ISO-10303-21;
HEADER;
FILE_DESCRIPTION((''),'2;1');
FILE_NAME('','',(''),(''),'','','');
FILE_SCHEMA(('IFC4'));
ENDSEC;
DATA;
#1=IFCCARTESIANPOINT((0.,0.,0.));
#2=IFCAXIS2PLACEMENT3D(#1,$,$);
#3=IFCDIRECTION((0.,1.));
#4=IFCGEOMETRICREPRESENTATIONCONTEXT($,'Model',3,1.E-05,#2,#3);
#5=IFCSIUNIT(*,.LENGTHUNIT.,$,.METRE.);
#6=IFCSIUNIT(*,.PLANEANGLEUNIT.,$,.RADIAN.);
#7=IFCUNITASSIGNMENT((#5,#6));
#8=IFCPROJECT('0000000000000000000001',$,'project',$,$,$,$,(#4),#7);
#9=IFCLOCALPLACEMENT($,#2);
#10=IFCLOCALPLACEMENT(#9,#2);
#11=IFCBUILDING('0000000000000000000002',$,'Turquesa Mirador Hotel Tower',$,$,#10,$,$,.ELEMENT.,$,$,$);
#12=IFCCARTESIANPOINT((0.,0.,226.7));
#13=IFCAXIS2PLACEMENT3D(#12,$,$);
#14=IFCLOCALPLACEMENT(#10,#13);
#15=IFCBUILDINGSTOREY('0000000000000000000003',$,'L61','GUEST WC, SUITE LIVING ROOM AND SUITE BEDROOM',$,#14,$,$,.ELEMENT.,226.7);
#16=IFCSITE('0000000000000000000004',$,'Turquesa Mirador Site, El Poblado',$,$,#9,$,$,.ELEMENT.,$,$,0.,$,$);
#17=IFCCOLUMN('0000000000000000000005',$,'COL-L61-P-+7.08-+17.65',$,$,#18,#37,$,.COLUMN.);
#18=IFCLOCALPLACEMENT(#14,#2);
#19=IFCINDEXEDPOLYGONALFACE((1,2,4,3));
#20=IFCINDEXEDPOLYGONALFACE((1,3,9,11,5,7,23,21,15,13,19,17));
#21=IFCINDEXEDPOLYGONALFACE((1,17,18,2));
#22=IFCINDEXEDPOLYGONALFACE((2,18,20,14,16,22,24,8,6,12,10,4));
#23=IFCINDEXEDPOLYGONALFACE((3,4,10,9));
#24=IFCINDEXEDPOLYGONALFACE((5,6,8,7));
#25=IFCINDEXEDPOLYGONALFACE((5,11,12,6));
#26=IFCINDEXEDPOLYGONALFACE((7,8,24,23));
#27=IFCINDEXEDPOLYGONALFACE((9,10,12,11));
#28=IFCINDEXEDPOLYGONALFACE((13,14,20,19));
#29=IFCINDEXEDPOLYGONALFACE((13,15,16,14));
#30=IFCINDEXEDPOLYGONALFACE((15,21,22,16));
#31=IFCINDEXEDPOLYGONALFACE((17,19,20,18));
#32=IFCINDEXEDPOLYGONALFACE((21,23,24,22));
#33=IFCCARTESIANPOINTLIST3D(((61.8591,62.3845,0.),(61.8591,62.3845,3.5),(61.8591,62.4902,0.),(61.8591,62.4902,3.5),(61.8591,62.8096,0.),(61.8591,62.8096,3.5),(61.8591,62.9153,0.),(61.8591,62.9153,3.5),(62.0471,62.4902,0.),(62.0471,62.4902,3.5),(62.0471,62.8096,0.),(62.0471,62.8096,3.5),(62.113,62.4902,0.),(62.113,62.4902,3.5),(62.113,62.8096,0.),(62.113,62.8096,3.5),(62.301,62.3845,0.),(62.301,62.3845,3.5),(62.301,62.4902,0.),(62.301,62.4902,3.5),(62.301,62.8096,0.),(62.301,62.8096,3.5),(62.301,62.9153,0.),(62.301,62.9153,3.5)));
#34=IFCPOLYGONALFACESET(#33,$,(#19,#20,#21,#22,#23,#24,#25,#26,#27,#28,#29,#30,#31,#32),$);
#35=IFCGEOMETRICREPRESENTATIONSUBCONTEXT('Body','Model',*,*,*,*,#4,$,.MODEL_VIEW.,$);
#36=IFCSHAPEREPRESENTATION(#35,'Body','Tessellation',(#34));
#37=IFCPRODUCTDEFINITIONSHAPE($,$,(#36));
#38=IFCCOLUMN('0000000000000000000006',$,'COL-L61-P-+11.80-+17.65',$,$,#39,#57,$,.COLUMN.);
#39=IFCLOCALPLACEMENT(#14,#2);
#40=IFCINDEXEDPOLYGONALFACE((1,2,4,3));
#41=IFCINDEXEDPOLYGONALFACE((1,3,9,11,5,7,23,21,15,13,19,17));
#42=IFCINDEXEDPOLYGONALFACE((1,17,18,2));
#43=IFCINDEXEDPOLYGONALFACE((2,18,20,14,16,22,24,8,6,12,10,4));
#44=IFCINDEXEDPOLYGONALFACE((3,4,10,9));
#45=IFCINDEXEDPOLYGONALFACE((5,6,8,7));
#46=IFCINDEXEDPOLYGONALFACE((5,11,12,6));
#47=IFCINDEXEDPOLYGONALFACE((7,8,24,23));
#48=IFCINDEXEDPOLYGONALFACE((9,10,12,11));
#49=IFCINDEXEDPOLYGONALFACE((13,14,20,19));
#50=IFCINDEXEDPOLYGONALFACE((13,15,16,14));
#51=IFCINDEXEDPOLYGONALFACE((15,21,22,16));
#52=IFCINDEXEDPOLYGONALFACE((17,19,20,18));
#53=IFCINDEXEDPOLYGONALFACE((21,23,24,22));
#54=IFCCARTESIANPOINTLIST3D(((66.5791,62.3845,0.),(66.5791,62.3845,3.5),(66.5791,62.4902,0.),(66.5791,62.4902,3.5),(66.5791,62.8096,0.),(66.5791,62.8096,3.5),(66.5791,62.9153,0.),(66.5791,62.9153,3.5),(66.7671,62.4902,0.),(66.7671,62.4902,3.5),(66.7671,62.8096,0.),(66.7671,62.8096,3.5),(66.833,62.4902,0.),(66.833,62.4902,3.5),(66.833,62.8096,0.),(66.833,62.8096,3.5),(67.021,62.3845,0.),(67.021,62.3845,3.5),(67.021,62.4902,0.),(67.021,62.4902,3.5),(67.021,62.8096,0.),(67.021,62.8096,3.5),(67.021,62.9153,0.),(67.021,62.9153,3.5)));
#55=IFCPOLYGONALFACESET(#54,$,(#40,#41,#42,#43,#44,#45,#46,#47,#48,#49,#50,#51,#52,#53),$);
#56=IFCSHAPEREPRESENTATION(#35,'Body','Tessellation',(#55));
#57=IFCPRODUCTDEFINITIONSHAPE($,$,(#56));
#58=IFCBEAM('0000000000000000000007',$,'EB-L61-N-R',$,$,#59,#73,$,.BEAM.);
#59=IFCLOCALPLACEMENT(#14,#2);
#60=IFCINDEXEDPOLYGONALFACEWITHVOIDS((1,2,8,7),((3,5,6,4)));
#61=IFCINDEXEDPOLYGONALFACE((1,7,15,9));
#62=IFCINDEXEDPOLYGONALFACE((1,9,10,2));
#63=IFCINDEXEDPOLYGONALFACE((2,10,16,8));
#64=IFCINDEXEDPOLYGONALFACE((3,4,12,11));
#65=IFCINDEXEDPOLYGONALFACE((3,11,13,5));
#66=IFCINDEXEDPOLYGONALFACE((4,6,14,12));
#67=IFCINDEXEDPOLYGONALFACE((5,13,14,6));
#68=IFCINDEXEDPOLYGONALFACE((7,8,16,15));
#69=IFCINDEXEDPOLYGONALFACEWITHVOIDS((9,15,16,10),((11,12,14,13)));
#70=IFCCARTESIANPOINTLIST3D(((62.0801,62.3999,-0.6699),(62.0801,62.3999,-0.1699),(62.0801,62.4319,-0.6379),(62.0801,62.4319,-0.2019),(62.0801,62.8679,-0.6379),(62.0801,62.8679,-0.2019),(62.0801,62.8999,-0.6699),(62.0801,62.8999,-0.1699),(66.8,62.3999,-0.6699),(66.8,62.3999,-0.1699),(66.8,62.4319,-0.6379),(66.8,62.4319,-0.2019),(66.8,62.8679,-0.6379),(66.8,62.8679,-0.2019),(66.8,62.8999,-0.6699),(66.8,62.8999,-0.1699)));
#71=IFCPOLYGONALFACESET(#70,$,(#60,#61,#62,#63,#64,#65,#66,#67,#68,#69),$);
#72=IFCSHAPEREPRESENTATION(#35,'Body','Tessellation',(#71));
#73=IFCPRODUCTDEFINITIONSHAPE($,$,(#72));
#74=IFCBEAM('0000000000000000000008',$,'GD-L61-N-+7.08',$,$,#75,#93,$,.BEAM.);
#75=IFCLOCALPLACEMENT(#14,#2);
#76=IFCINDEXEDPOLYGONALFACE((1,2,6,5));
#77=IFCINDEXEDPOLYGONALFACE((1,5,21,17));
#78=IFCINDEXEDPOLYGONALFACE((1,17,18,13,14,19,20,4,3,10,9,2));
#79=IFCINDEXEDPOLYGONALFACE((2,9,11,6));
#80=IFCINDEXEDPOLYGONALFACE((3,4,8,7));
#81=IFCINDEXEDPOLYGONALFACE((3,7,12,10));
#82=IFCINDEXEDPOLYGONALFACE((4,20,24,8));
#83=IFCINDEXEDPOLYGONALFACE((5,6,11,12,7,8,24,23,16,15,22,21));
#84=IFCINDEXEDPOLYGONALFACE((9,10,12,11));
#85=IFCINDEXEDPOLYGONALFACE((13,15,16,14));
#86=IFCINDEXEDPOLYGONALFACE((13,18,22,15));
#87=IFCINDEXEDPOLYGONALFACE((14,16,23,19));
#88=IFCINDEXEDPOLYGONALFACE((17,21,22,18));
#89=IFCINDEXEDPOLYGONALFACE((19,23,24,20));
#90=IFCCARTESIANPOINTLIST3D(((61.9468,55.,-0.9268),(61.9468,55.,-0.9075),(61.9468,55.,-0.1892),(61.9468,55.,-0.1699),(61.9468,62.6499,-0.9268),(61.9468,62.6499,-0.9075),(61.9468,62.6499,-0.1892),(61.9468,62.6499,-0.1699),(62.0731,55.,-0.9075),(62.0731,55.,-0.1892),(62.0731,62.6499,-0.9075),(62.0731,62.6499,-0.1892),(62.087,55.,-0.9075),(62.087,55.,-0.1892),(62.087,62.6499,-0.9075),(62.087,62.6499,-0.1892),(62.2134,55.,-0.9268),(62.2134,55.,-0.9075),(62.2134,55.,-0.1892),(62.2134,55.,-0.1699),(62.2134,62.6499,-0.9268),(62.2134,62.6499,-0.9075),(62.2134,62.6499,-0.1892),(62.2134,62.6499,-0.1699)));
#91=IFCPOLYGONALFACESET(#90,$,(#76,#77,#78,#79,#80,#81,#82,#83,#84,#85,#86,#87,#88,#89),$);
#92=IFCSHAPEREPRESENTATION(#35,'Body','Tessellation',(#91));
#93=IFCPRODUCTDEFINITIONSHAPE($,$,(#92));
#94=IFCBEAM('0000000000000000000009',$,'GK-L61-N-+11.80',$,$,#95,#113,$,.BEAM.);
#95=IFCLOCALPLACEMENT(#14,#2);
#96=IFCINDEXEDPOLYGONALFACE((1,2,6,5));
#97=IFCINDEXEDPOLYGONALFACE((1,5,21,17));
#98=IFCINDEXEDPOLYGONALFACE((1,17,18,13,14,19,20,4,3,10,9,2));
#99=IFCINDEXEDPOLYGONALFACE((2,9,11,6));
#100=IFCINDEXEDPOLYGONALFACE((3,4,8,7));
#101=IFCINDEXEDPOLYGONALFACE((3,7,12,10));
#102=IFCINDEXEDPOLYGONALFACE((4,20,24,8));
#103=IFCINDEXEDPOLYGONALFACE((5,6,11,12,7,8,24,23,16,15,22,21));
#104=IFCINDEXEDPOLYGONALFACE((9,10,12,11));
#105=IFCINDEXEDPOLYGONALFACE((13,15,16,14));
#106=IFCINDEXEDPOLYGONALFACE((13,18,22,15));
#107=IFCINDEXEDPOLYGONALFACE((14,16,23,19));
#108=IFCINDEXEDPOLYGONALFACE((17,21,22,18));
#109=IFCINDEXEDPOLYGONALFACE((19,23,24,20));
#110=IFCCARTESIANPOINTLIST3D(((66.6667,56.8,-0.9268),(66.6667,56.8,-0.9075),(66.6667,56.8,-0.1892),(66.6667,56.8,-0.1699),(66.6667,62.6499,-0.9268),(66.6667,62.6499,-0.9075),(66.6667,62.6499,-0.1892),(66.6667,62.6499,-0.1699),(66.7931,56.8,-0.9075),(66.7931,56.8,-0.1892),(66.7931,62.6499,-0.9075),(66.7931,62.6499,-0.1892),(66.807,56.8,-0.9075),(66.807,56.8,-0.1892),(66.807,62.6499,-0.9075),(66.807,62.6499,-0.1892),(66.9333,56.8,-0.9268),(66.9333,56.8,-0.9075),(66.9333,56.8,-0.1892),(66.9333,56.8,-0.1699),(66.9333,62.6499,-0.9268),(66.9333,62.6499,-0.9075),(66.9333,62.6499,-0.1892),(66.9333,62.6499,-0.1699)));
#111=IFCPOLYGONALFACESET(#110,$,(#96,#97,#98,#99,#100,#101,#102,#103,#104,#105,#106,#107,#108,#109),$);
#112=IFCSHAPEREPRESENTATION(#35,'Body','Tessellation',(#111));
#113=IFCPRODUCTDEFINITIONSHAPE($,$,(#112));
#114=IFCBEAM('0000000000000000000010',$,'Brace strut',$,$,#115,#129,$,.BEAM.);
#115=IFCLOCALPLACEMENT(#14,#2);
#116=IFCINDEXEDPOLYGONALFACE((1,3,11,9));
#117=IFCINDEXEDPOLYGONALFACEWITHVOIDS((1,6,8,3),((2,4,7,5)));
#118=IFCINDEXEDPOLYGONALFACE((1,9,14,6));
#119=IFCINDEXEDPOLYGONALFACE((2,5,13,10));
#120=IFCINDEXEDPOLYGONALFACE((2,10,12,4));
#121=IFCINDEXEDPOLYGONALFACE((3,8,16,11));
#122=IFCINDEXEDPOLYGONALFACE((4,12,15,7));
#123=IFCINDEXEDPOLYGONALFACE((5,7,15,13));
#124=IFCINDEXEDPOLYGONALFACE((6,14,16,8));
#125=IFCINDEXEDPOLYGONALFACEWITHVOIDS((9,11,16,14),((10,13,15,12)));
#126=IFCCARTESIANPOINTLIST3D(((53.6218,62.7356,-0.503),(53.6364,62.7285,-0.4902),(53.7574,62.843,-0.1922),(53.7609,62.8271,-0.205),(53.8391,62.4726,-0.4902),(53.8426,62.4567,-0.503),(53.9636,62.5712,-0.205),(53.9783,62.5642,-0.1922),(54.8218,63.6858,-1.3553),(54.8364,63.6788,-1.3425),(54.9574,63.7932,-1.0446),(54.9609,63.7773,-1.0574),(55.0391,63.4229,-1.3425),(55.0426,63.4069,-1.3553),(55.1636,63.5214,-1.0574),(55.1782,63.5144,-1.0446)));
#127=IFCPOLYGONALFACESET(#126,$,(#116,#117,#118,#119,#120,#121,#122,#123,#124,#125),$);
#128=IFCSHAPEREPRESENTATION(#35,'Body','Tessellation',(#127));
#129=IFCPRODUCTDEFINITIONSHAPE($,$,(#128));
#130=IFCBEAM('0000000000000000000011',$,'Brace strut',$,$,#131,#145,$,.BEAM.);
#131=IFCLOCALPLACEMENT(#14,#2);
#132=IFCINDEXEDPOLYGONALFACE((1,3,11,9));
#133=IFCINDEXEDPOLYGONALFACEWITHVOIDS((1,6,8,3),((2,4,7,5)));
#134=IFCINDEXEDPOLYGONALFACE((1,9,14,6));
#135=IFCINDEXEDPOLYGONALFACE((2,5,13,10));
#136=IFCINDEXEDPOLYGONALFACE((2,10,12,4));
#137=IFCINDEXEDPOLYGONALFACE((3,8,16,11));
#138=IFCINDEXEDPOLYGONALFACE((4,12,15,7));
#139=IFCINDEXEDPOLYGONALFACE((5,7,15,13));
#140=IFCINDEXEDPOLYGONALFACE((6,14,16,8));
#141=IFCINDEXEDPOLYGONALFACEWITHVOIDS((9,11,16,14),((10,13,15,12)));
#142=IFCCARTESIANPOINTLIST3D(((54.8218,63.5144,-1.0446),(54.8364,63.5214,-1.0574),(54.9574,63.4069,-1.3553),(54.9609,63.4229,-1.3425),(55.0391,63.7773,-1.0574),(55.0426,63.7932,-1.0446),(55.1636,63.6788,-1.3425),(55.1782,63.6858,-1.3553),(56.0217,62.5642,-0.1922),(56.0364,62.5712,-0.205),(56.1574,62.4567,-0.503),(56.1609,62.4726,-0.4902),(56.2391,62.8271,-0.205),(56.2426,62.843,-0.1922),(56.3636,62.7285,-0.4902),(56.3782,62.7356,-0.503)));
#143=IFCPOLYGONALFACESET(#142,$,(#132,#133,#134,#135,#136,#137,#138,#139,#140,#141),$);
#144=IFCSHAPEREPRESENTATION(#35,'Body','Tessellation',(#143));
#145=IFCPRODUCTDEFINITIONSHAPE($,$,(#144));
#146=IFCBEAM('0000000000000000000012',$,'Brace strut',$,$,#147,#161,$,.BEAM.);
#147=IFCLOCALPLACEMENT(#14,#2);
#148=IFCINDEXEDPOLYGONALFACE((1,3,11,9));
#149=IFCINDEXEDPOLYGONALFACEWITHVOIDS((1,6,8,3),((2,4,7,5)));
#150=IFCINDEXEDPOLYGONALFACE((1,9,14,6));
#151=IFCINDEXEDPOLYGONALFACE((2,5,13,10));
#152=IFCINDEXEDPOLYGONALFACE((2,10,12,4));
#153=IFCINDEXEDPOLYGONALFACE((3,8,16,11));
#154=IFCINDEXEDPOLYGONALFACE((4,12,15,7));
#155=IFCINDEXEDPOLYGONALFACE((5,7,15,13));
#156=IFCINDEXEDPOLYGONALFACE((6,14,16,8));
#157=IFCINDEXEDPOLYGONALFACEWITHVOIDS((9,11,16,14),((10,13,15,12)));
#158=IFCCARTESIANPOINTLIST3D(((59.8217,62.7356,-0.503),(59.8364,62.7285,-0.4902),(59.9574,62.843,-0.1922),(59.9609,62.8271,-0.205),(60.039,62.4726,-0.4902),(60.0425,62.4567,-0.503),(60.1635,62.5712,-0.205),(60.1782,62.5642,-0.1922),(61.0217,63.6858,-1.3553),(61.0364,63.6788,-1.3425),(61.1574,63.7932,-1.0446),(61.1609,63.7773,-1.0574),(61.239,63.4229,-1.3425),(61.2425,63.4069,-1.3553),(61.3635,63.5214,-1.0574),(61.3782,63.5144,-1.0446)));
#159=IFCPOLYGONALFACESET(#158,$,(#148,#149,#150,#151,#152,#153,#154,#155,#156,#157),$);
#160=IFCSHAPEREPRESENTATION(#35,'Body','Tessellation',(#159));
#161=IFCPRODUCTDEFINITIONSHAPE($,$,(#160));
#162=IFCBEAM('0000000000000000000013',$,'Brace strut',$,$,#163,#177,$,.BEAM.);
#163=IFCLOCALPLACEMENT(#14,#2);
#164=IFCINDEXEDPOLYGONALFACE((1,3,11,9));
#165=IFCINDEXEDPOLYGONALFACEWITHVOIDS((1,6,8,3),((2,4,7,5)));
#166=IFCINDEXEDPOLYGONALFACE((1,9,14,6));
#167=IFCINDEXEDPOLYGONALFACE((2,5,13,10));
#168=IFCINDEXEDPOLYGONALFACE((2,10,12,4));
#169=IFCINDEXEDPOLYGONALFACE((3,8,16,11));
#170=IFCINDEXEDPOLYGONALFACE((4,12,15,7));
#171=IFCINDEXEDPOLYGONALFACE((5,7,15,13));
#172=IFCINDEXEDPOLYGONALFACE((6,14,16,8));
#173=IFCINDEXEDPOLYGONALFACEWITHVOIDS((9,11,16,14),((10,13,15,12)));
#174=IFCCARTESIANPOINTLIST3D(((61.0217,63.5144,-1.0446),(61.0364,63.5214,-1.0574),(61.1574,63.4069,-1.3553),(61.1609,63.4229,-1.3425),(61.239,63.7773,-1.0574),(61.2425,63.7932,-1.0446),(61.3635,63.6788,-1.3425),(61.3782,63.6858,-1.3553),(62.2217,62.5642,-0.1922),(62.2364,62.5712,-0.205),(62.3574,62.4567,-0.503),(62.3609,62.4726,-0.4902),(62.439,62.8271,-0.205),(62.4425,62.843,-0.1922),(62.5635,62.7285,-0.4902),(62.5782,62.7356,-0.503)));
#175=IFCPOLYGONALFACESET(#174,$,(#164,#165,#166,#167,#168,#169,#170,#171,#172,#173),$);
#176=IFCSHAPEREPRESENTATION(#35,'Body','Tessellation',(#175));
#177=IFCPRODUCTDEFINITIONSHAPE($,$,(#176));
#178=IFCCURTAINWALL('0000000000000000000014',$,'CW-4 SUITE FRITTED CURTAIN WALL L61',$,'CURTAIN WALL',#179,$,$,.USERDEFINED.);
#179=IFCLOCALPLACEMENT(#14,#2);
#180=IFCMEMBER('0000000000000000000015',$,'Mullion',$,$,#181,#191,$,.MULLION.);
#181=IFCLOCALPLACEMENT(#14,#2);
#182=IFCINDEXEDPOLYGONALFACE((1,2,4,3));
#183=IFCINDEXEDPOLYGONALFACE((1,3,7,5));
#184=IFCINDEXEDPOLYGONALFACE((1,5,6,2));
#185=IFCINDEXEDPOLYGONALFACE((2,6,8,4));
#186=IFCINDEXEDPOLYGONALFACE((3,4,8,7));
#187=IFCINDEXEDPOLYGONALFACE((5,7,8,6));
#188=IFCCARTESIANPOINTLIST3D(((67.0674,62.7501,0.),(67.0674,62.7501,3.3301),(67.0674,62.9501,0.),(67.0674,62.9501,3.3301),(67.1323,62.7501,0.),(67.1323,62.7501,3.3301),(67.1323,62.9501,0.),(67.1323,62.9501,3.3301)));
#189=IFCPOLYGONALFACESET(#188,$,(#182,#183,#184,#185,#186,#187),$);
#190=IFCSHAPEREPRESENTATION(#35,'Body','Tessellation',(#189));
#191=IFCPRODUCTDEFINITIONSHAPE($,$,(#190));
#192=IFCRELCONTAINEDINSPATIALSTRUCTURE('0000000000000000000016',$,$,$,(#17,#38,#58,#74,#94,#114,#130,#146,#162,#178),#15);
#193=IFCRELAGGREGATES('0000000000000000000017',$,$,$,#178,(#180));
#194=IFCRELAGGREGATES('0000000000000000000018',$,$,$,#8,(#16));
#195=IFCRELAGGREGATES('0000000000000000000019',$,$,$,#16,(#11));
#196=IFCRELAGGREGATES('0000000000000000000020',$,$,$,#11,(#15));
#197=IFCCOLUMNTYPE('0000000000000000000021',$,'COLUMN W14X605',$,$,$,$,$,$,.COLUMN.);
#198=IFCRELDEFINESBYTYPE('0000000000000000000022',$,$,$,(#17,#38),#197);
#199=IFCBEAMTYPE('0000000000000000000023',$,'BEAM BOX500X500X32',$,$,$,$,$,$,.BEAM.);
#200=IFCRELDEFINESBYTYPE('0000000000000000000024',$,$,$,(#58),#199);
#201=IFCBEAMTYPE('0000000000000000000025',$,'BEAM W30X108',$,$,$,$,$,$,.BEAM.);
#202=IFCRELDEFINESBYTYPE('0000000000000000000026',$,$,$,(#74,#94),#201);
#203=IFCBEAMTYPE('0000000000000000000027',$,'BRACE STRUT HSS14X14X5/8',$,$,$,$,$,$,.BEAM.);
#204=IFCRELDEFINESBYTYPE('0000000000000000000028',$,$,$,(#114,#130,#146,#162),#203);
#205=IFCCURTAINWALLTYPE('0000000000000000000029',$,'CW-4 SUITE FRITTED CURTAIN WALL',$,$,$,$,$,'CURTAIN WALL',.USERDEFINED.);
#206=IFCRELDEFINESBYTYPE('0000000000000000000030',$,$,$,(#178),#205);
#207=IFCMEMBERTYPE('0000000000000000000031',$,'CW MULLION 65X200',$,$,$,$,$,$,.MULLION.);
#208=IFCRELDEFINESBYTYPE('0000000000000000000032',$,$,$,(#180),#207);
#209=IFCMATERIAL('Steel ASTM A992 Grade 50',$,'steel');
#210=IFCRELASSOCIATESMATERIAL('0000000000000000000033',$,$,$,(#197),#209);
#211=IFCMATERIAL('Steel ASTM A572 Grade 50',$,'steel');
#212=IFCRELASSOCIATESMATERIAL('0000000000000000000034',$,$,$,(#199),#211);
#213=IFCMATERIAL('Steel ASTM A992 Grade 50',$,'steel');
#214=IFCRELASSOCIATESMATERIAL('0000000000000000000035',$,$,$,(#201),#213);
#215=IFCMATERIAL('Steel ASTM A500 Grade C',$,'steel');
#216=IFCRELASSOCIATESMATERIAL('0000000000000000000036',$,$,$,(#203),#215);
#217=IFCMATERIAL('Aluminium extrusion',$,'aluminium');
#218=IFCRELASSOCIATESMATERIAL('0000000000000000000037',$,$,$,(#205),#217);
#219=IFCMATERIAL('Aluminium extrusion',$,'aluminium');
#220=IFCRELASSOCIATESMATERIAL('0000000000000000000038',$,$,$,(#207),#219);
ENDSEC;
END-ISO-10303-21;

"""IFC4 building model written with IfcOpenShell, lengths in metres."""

from ifc_helpers import new_model, si_unit, direction, frame, origin, origin_2d, place, context, subcontext, project, spatial, rectangle, hollow_rectangle, i_section, extrude, material, material_profile, profile_set, type_object, element, aggregate, save


model = new_model("IFC4")

# Units and contexts
model_context = context("Model", 3, precision=1e-05, world=origin(), true_north=direction((0.0, 1.0)))
body_context = subcontext(model_context, "Body", "Model", "MODEL_VIEW")
ifc_project = project(units=[si_unit("LENGTHUNIT", "METRE"), si_unit("PLANEANGLEUNIT", "RADIAN")], contexts=[model_context])

# Site, building, storey
site_placement = place(None, origin())
site = spatial("IfcSite", under=ifc_project, at=site_placement, Name="Turquesa Mirador Site, El Poblado", CompositionType="ELEMENT", RefElevation=0.0)
building_placement = place(site_placement, origin())
building = spatial("IfcBuilding", under=site, at=building_placement, Name="Turquesa Mirador Hotel Tower", CompositionType="ELEMENT")
storey_placement = place(building_placement, frame((0.0, 0.0, 226.7)))
storey = spatial("IfcBuildingStorey", under=building, at=storey_placement, Name="L61", Description="GUEST WC, SUITE LIVING ROOM AND SUITE BEDROOM", CompositionType="ELEMENT", Elevation=226.7)

# Columns
ifc_material_1 = material(Name="Steel ASTM A992 Grade 50", Category="steel")
ifc_material_profile_1 = material_profile(ifc_material_1, i_section(OverallWidth=0.4419, OverallDepth=0.5308, WebThickness=0.0659, FlangeThickness=0.1057, at=origin_2d()), Name="W14X605")
ifc_profile_set_1 = profile_set([ifc_material_profile_1], Name="Steel ASTM A992 Grade 50")
column_type = type_object("IfcColumnType", Name="COLUMN W14X605", PredefinedType="COLUMN", material=ifc_profile_set_1)
for number, where, z_axis, x_axis, name in (
    (1, (62.0801, 62.6499, 0.0), (0.0, 0.0, 1.0), (1.0, 0.0, 0.0), "COL-L61-P-+7.08-+17.65"),
    (2, (66.8, 62.6499, 0.0), (0.0, 0.0, 1.0), (1.0, 0.0, 0.0), "COL-L61-P-+11.80-+17.65"),
):
    element("IfcColumn", number, at=place(storey_placement, frame(where, z_axis=z_axis, x_axis=x_axis)), inside=storey, type_object=column_type, Name=name, PredefinedType="COLUMN", context=body_context, shape_type="SweptSolid", body=[
        extrude(i_section(OverallWidth=0.4419, OverallDepth=0.5308, WebThickness=0.0659, FlangeThickness=0.1057, at=origin_2d()), origin(), (0.0, 0.0, 1.0), 3.5),
    ])

# Beams
ifc_material_2 = material(Name="Steel ASTM A572 Grade 50", Category="steel")
ifc_material_profile_2 = material_profile(ifc_material_2, hollow_rectangle(XDim=0.5, YDim=0.5, WallThickness=0.032, at=origin_2d()), Name="BOX500X500X32")
ifc_profile_set_2 = profile_set([ifc_material_profile_2], Name="Steel ASTM A572 Grade 50")
beam_type_1 = type_object("IfcBeamType", Name="BEAM BOX500X500X32", PredefinedType="BEAM", material=ifc_profile_set_2)
beam_1_placement = place(storey_placement, frame((62.0801, 62.6499, -0.4199), z_axis=(1.0, 0.0, 0.0), x_axis=(0.0, 1.0, 0.0)))
element("IfcBeam", 3, at=beam_1_placement, inside=storey, type_object=beam_type_1, Name="EB-L61-N-R", PredefinedType="BEAM", context=body_context, shape_type="SweptSolid", body=[
    extrude(hollow_rectangle(XDim=0.5, YDim=0.5, WallThickness=0.032, at=origin_2d()), origin(), (0.0, 0.0, 1.0), 4.72),
])
ifc_material_3 = material(Name="Steel ASTM A992 Grade 50", Category="steel")
ifc_material_profile_3 = material_profile(ifc_material_3, i_section(OverallWidth=0.2666, OverallDepth=0.7568, WebThickness=0.0139, FlangeThickness=0.0193, at=origin_2d()), Name="W30X108")
ifc_profile_set_3 = profile_set([ifc_material_profile_3], Name="Steel ASTM A992 Grade 50")
beam_type_2 = type_object("IfcBeamType", Name="BEAM W30X108", PredefinedType="BEAM", material=ifc_profile_set_3)
beam_2_placement = place(storey_placement, frame((62.0801, 62.6499, -0.5483), z_axis=(0.0, -1.0, 0.0), x_axis=(1.0, 0.0, 0.0)))
element("IfcBeam", 4, at=beam_2_placement, inside=storey, type_object=beam_type_2, Name="GD-L61-N-+7.08", PredefinedType="BEAM", context=body_context, shape_type="SweptSolid", body=[
    extrude(i_section(OverallWidth=0.2666, OverallDepth=0.7568, WebThickness=0.0139, FlangeThickness=0.0193, at=origin_2d()), origin(), (0.0, 0.0, 1.0), 7.6499),
])
beam_3_placement = place(storey_placement, frame((66.8, 62.6499, -0.5483), z_axis=(0.0, -1.0, 0.0), x_axis=(1.0, 0.0, 0.0)))
element("IfcBeam", 5, at=beam_3_placement, inside=storey, type_object=beam_type_2, Name="GK-L61-N-+11.80", PredefinedType="BEAM", context=body_context, shape_type="SweptSolid", body=[
    extrude(i_section(OverallWidth=0.2666, OverallDepth=0.7568, WebThickness=0.0139, FlangeThickness=0.0193, at=origin_2d()), origin(), (0.0, 0.0, 1.0), 5.8499),
])
ifc_material_4 = material(Name="Steel ASTM A500 Grade C", Category="steel")
ifc_material_profile_4 = material_profile(ifc_material_4, hollow_rectangle(XDim=0.3557, YDim=0.3557, WallThickness=0.0146, at=origin_2d()), Name="HSS14X14X5/8")
ifc_profile_set_4 = profile_set([ifc_material_profile_4], Name="Steel ASTM A500 Grade C")
beam_type_3 = type_object("IfcBeamType", Name="BRACE STRUT HSS14X14X5/8", PredefinedType="BEAM", material=ifc_profile_set_4)
for number, where, z_axis, x_axis, name in (
    (6, (55.0, 63.6001, -1.2), (-0.684942, -0.542379, 0.486497), (0.620797, -0.783971, 0.0), "Brace strut"),
    (7, (55.0, 63.6001, -1.2), (0.684942, -0.542379, 0.486497), (0.620797, 0.783971, 0.0), "Brace strut"),
    (8, (61.2, 63.6001, -1.2), (-0.684942, -0.542379, 0.486497), (0.620797, -0.783971, 0.0), "Brace strut"),
    (9, (61.2, 63.6001, -1.2), (0.684942, -0.542379, 0.486497), (0.620797, 0.783971, 0.0), "Brace strut"),
):
    element("IfcBeam", number, at=place(storey_placement, frame(where, z_axis=z_axis, x_axis=x_axis)), inside=storey, type_object=beam_type_3, Name=name, PredefinedType="BEAM", context=body_context, shape_type="SweptSolid", body=[
        extrude(hollow_rectangle(XDim=0.3557, YDim=0.3557, WallThickness=0.0146, at=origin_2d()), origin(), (0.0, 0.0, 1.0), 1.752),
    ])

# Curtain wall, member
ifc_material_5 = material(Name="Aluminium extrusion", Category="aluminium")
curtain_wall_type = type_object("IfcCurtainWallType", Name="CW-4 SUITE FRITTED CURTAIN WALL", ElementType="CURTAIN WALL", PredefinedType="USERDEFINED", material=ifc_material_5)
curtain_wall_1_placement = place(storey_placement, origin())
curtain_wall_1 = element("IfcCurtainWall", 10, at=curtain_wall_1_placement, inside=storey, type_object=curtain_wall_type, Name="CW-4 SUITE FRITTED CURTAIN WALL L61", ObjectType="CURTAIN WALL", PredefinedType="USERDEFINED")
ifc_material_6 = material(Name="Aluminium extrusion", Category="aluminium")
ifc_material_profile_5 = material_profile(ifc_material_6, rectangle(XDim=0.0649, YDim=0.2, at=origin_2d()), Name="MULLION 65X200")
ifc_profile_set_5 = profile_set([ifc_material_profile_5], Name="Aluminium extrusion")
member_type_1 = type_object("IfcMemberType", Name="CW MULLION 65X200", PredefinedType="MULLION", material=ifc_profile_set_5)
member_1_placement = place(storey_placement, frame((67.0999, 62.8501, 0.0), z_axis=(0.0, 0.0, 1.0), x_axis=(-1.0, 0.0, 0.0)))
member_1 = element("IfcMember", 11, at=member_1_placement, type_object=member_type_1, Name="Mullion", PredefinedType="MULLION", context=body_context, shape_type="SweptSolid", body=[
    extrude(rectangle(XDim=0.0649, YDim=0.2, at=origin_2d()), origin(), (0.0, 0.0, 1.0), 3.3301),
])
aggregate(curtain_wall_1, [member_1])

save(model, "model.ifc")
